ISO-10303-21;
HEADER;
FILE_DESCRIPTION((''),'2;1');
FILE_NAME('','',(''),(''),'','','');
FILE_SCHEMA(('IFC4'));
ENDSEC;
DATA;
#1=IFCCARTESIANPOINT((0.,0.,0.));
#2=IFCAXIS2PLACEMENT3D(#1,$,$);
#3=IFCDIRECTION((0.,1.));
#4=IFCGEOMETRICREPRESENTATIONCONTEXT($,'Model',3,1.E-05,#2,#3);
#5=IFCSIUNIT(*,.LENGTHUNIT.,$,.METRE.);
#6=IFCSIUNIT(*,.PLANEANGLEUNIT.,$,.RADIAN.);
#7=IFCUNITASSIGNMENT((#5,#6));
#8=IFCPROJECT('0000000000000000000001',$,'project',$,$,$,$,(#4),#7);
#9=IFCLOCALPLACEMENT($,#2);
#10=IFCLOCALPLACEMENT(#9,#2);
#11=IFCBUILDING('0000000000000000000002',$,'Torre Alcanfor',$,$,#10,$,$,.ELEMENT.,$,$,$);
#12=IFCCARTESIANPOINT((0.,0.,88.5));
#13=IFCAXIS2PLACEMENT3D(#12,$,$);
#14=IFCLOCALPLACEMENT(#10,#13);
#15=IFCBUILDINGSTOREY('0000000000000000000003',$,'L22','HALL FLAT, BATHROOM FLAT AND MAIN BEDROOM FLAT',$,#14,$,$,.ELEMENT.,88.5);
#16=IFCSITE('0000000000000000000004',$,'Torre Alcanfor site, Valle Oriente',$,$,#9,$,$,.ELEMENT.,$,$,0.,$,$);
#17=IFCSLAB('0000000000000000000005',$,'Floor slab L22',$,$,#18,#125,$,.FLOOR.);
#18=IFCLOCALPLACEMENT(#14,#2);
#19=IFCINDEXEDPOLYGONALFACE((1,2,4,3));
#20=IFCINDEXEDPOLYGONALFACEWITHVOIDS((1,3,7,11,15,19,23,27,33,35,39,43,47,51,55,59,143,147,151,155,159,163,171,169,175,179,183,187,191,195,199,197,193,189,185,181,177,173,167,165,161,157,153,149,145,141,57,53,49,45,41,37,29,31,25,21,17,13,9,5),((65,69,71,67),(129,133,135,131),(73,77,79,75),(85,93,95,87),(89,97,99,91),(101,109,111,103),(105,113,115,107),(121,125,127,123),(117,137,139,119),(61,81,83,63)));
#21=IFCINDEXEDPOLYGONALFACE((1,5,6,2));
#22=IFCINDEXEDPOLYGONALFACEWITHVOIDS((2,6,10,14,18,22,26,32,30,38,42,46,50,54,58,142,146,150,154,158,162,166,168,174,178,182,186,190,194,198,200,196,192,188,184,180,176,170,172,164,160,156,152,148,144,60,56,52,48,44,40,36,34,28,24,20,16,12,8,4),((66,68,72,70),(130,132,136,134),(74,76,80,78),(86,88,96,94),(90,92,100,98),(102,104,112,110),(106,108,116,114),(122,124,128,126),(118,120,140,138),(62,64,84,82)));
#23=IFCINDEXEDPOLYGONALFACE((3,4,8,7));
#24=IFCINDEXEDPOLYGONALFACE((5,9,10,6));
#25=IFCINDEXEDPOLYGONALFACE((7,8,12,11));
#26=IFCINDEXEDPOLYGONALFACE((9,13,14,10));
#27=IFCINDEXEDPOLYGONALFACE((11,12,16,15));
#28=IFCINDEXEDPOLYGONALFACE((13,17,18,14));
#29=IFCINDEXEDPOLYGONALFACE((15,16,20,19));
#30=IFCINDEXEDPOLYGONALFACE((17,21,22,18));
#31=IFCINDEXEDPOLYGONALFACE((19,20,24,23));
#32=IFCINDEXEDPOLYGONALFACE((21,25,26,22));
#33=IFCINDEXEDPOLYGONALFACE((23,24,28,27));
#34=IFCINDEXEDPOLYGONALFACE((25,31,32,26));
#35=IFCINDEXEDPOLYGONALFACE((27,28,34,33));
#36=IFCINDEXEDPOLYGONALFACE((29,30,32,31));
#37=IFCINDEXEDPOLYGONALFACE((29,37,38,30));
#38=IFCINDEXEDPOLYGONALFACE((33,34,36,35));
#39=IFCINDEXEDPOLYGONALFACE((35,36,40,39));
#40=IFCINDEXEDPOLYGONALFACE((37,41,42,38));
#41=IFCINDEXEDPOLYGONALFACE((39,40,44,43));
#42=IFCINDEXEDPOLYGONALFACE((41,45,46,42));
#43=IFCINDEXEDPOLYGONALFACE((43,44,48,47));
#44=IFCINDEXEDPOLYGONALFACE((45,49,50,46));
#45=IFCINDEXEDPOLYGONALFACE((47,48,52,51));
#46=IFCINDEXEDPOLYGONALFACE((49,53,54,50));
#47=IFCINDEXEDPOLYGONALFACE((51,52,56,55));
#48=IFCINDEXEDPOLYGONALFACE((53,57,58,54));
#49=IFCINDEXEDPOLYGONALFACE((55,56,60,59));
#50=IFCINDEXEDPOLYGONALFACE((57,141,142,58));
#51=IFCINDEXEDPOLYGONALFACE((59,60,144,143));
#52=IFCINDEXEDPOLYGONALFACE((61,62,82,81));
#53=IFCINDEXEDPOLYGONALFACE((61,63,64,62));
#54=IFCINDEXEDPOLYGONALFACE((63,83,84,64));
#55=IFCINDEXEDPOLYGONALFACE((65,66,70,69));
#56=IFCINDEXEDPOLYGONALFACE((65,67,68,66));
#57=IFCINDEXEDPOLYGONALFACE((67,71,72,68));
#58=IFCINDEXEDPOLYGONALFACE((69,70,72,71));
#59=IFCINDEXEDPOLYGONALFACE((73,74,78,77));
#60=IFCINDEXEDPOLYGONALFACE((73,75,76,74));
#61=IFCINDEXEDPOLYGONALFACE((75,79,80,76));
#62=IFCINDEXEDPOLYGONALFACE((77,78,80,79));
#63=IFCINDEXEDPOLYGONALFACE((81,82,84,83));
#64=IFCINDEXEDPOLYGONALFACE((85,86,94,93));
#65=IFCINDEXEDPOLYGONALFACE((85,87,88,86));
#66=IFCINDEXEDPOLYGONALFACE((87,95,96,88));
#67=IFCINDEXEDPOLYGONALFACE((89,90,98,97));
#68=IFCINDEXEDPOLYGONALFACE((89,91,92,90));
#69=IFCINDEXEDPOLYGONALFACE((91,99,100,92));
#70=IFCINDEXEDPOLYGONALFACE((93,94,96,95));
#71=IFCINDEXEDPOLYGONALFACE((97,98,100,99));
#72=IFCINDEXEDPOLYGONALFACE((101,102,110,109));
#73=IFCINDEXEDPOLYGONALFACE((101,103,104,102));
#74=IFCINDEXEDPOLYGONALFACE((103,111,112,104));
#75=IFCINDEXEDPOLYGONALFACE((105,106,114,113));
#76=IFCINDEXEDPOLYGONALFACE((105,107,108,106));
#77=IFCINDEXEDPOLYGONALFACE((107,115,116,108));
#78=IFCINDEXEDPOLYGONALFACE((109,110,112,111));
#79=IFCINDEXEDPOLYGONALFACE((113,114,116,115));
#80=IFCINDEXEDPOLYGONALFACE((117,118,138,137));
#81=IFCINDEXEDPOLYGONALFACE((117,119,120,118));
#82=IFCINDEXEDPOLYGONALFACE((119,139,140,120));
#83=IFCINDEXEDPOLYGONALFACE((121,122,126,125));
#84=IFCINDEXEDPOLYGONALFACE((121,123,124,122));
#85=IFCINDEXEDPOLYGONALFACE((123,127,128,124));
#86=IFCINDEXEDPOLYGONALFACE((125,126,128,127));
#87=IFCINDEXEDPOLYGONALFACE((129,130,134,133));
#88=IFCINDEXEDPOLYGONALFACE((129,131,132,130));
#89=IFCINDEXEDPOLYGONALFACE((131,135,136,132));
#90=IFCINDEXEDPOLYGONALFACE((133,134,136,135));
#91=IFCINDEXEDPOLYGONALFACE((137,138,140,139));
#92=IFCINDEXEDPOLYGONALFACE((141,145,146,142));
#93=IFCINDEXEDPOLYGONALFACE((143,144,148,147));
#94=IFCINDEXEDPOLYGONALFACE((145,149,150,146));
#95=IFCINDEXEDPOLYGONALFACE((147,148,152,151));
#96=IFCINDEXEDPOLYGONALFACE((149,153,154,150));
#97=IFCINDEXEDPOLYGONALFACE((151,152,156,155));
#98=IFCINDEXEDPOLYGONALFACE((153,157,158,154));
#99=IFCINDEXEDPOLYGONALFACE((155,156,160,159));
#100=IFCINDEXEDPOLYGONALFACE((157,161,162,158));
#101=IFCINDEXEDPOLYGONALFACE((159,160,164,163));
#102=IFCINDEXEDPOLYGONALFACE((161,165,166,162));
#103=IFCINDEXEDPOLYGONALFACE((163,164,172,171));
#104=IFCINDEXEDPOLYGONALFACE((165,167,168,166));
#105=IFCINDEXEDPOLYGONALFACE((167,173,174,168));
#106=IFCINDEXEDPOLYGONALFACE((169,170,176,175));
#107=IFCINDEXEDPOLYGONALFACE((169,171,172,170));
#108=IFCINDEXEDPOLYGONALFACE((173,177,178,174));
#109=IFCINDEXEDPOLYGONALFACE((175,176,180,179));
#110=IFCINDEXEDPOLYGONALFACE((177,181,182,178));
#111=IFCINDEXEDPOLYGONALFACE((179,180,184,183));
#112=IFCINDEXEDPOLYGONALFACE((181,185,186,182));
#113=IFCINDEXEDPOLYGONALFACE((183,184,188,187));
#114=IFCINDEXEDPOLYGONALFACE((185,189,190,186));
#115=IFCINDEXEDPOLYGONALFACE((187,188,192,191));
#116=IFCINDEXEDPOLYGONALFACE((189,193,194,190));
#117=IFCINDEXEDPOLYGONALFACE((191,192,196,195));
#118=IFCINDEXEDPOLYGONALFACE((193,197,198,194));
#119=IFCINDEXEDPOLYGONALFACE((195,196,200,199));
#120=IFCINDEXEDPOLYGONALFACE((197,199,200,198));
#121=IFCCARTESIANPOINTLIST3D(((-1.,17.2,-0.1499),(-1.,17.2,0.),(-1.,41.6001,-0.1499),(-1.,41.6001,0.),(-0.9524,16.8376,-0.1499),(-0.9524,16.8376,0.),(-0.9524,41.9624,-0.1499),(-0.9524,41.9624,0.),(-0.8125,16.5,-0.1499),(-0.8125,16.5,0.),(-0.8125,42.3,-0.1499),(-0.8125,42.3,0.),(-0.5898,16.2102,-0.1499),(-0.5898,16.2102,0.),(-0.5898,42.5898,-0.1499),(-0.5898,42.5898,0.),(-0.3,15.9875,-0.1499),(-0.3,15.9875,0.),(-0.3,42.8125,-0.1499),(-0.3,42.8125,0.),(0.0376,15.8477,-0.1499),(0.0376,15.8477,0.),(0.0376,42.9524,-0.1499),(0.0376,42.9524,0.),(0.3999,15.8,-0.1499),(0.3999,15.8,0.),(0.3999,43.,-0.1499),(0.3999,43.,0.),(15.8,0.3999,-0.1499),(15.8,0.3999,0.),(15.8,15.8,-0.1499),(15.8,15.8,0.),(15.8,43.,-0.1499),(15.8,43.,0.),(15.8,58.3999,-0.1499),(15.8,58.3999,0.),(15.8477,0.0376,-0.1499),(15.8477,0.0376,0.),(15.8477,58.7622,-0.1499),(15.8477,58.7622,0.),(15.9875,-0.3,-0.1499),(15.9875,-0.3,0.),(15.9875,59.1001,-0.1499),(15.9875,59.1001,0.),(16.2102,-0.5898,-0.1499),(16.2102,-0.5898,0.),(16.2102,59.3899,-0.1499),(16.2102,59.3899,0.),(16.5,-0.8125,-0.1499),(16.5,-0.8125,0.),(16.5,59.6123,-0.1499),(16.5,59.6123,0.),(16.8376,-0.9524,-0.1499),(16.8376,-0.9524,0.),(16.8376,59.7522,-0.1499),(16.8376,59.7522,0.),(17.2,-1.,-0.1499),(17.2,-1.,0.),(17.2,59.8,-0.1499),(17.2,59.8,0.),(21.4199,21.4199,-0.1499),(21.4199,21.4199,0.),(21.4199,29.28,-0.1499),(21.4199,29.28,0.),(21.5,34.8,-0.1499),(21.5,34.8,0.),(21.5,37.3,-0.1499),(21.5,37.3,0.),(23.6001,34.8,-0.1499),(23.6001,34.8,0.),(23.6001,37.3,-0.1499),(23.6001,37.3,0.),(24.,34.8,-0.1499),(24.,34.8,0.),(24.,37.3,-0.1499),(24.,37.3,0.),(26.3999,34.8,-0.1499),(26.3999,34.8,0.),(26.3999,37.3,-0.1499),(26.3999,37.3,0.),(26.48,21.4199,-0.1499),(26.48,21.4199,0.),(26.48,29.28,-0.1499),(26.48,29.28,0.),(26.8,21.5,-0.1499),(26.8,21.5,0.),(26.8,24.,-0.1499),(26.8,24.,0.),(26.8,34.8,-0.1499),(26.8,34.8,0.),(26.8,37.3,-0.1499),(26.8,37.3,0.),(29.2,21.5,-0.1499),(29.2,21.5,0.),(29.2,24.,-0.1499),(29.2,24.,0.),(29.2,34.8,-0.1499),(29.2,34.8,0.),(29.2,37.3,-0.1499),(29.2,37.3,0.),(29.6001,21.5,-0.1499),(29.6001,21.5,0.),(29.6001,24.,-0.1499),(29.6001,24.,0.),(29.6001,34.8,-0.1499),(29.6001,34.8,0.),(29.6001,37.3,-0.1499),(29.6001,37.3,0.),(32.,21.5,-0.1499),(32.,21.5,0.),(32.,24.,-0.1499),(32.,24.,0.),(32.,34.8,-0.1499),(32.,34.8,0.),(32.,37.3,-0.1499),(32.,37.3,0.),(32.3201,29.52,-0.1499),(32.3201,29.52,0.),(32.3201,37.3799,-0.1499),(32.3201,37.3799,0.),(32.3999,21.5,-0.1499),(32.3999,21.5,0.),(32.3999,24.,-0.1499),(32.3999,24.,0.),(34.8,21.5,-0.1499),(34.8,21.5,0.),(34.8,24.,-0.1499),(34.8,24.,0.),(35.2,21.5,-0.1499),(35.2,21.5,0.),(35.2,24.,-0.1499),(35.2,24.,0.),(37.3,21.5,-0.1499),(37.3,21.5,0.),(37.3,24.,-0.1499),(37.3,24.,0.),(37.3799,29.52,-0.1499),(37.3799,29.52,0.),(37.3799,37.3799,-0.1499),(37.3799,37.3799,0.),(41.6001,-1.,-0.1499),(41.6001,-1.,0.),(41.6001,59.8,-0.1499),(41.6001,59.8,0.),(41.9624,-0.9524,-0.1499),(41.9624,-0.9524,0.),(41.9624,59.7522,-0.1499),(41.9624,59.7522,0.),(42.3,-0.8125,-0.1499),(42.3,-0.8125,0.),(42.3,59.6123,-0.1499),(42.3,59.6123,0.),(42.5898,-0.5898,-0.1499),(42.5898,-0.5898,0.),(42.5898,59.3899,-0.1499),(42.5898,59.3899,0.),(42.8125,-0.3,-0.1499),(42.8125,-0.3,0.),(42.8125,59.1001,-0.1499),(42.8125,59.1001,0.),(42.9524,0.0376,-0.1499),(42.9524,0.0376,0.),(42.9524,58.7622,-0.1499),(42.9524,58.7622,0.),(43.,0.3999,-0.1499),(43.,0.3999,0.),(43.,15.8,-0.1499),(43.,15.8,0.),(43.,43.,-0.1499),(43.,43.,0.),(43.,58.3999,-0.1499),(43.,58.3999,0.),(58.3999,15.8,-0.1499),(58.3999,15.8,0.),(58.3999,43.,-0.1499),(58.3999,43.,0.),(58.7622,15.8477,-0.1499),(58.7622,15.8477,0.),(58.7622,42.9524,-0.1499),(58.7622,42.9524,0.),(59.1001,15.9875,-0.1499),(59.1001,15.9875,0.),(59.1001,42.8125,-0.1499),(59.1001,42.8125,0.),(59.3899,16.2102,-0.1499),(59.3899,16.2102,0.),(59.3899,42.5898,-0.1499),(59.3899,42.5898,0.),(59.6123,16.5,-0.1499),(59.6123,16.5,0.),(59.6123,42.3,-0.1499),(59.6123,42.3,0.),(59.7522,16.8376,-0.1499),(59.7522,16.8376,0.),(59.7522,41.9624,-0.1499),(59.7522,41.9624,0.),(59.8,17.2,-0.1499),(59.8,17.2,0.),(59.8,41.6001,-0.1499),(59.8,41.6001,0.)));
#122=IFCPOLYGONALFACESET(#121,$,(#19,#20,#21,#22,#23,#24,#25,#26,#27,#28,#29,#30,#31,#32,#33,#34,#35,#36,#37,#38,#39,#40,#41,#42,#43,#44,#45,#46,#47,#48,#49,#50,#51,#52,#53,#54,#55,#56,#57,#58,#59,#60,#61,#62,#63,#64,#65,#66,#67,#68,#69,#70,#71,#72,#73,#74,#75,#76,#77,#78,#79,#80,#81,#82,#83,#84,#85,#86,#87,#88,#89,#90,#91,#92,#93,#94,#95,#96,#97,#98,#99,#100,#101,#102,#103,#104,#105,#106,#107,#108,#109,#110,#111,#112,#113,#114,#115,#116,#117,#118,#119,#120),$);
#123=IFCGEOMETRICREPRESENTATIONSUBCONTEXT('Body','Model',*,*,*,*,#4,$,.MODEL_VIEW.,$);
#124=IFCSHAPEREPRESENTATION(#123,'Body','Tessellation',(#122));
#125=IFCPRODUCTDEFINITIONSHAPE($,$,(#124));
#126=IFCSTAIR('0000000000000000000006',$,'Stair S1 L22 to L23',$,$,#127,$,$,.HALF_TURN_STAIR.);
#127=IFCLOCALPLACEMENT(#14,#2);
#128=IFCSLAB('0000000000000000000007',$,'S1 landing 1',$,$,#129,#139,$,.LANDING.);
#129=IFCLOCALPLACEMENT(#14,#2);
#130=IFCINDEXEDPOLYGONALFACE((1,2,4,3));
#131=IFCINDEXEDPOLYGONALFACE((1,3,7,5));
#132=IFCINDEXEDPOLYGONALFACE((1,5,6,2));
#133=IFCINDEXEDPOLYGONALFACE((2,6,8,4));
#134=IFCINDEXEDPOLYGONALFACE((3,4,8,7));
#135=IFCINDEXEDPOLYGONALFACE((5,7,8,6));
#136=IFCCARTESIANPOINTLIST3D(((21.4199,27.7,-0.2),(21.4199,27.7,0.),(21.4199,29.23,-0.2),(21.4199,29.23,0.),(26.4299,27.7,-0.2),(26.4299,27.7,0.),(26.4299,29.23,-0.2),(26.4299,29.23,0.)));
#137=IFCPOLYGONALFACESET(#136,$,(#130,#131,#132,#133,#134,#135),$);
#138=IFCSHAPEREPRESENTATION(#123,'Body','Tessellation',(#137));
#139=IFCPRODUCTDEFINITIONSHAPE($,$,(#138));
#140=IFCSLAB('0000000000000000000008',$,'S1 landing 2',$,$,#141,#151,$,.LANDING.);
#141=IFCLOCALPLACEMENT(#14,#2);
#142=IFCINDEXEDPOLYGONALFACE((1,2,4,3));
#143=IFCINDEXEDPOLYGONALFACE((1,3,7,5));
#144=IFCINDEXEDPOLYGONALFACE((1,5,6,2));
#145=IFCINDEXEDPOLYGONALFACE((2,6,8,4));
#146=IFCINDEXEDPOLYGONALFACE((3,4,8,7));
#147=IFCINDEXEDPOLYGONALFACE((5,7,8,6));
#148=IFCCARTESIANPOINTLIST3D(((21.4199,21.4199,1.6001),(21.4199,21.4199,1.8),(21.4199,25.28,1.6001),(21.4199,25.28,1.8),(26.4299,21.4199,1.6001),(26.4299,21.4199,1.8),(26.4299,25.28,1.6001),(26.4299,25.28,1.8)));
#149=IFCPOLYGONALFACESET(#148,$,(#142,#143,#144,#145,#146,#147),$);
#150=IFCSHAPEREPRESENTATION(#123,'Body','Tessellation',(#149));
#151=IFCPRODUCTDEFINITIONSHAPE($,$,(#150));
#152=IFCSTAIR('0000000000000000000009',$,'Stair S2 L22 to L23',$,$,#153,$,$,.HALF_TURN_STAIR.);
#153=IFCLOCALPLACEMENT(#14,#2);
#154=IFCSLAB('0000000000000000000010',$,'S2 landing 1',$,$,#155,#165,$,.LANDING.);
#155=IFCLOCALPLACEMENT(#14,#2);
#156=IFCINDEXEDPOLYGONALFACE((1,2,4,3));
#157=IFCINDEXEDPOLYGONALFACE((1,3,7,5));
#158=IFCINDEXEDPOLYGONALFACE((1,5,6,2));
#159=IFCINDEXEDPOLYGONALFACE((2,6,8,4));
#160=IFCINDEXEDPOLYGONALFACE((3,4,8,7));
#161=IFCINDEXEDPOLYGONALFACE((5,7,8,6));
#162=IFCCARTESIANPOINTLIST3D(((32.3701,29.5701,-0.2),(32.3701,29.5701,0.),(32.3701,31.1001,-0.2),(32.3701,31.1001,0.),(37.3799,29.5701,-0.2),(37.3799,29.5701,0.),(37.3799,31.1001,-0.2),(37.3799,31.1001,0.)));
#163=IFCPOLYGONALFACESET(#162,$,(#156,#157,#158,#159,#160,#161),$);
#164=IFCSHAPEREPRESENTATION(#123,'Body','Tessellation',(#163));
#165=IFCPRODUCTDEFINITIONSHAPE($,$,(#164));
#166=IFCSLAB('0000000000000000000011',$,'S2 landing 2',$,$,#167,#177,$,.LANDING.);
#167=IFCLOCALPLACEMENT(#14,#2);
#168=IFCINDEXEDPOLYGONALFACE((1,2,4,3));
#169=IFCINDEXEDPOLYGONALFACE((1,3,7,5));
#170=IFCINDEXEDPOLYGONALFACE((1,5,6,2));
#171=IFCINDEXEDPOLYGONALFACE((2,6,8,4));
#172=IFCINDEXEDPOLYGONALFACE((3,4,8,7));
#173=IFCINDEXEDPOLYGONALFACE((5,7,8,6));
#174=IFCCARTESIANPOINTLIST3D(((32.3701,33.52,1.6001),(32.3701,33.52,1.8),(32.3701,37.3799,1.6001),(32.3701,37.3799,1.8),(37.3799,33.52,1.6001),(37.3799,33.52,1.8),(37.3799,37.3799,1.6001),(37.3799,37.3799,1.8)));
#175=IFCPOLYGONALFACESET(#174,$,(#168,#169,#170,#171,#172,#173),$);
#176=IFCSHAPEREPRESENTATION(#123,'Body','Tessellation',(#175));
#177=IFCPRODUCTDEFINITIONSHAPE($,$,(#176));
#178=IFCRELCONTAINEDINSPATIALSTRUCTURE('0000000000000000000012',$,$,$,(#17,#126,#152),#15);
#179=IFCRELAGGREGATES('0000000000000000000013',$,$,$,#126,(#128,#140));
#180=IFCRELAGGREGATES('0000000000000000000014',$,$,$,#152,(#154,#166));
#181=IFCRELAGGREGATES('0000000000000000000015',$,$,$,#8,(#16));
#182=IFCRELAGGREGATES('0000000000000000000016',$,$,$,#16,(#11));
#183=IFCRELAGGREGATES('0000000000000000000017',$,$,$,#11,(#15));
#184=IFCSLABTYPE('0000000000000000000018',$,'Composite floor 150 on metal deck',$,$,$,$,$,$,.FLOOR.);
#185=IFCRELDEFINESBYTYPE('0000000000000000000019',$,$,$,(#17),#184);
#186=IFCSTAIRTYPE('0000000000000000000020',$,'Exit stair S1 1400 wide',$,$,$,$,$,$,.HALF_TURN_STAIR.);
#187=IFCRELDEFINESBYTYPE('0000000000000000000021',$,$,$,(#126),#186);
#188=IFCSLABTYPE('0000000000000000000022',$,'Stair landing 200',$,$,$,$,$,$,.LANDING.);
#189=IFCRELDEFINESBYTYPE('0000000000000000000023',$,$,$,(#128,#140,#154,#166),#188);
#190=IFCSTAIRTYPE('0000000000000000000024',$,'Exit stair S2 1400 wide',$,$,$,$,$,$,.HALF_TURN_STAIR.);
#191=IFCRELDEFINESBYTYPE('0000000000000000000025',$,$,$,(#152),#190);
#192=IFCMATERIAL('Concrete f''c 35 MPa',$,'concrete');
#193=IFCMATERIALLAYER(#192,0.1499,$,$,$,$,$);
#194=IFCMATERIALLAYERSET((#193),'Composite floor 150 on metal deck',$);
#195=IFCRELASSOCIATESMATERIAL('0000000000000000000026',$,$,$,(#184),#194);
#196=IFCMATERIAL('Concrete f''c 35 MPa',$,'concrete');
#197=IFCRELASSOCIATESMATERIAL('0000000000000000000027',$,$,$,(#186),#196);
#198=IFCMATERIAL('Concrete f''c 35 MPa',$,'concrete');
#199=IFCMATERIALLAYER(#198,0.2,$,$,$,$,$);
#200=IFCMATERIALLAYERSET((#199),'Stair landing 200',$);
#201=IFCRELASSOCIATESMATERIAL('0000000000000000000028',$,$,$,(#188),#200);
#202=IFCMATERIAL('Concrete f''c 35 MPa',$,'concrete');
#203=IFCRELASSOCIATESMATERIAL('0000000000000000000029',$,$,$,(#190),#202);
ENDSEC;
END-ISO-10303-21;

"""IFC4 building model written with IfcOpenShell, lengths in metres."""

from ifc_helpers import new_model, si_unit, direction, frame, origin, place, context, subcontext, project, spatial, polyline, outline, extrude, material, layer, layer_set, type_object, element, aggregate, save


model = new_model("IFC4")

# Units and contexts
model_context = context("Model", 3, precision=1e-05, world=origin(), true_north=direction((0.0, 1.0)))
body_context = subcontext(model_context, "Body", "Model", "MODEL_VIEW")
ifc_project = project(units=[si_unit("LENGTHUNIT", "METRE"), si_unit("PLANEANGLEUNIT", "RADIAN")], contexts=[model_context])

# Site, building, storey
site_placement = place(None, origin())
site = spatial("IfcSite", under=ifc_project, at=site_placement, Name="Torre Alcanfor site, Valle Oriente", CompositionType="ELEMENT", RefElevation=0.0)
building_placement = place(site_placement, origin())
building = spatial("IfcBuilding", under=site, at=building_placement, Name="Torre Alcanfor", CompositionType="ELEMENT")
storey_placement = place(building_placement, frame((0.0, 0.0, 88.5)))
storey = spatial("IfcBuildingStorey", under=building, at=storey_placement, Name="L22", Description="HALL FLAT, BATHROOM FLAT AND MAIN BEDROOM FLAT", CompositionType="ELEMENT", Elevation=88.5)

# Slab
ifc_material_1 = material(Name="Concrete f'c 35 MPa", Category="concrete")
ifc_layer_1 = layer(ifc_material_1, 0.1499)
ifc_layer_set_1 = layer_set([ifc_layer_1], Name="Composite floor 150 on metal deck")
slab_type_1 = type_object("IfcSlabType", Name="Composite floor 150 on metal deck", PredefinedType="FLOOR", material=ifc_layer_set_1)
slab_1_placement = place(storey_placement, frame((0.0, 0.0, -0.1499)))
element("IfcSlab", 1, at=slab_1_placement, inside=storey, type_object=slab_type_1, Name="Floor slab L22", PredefinedType="FLOOR", context=body_context, shape_type="SweptSolid", body=[
    extrude(outline(polyline([(15.8, 43.0), (0.3999, 43.0), (0.0376, 42.9524), (-0.3, 42.8125), (-0.5898, 42.5898), (-0.8125, 42.3), (-0.9524, 41.9624), (-1.0, 41.6001), (-1.0, 17.2), (-0.9524, 16.8376), (-0.8125, 16.5), (-0.5898, 16.2102), (-0.3, 15.9875), (0.0376, 15.8477), (0.3999, 15.8), (15.8, 15.8), (15.8, 0.3999), (15.8477, 0.0376), (15.9875, -0.3), (16.2102, -0.5898), (16.5, -0.8125), (16.8376, -0.9524), (17.2, -1.0), (41.6001, -1.0), (41.9624, -0.9524), (42.3, -0.8125), (42.5898, -0.5898), (42.8125, -0.3), (42.9524, 0.0376), (43.0, 0.3999), (43.0, 15.8), (58.3999, 15.8), (58.7622, 15.8477), (59.1001, 15.9875), (59.3899, 16.2102), (59.6123, 16.5), (59.7522, 16.8376), (59.8, 17.2), (59.8, 41.6001), (59.7522, 41.9624), (59.6123, 42.3), (59.3899, 42.5898), (59.1001, 42.8125), (58.7622, 42.9524), (58.3999, 43.0), (43.0, 43.0), (43.0, 58.3999), (42.9524, 58.7622), (42.8125, 59.1001), (42.5898, 59.3899), (42.3, 59.6123), (41.9624, 59.7522), (41.6001, 59.8), (17.2, 59.8), (16.8376, 59.7522), (16.5, 59.6123), (16.2102, 59.3899), (15.9875, 59.1001), (15.8477, 58.7622), (15.8, 58.3999), (15.8, 43.0)]), holes=[polyline([(21.4199, 21.4199), (26.48, 21.4199), (26.48, 29.28), (21.4199, 29.28), (21.4199, 21.4199)]), polyline([(32.3201, 29.52), (37.3799, 29.52), (37.3799, 37.3799), (32.3201, 37.3799), (32.3201, 29.52)]), polyline([(26.8, 21.5), (29.2, 21.5), (29.2, 24.0), (26.8, 24.0), (26.8, 21.5)]), polyline([(29.6001, 21.5), (32.0, 21.5), (32.0, 24.0), (29.6001, 24.0), (29.6001, 21.5)]), polyline([(32.3999, 21.5), (34.8, 21.5), (34.8, 24.0), (32.3999, 24.0), (32.3999, 21.5)]), polyline([(35.2, 21.5), (37.3, 21.5), (37.3, 24.0), (35.2, 24.0), (35.2, 21.5)]), polyline([(21.5, 34.8), (23.6001, 34.8), (23.6001, 37.3), (21.5, 37.3), (21.5, 34.8)]), polyline([(24.0, 34.8), (26.3999, 34.8), (26.3999, 37.3), (24.0, 37.3), (24.0, 34.8)]), polyline([(26.8, 34.8), (29.2, 34.8), (29.2, 37.3), (26.8, 37.3), (26.8, 34.8)]), polyline([(29.6001, 34.8), (32.0, 34.8), (32.0, 37.3), (29.6001, 37.3), (29.6001, 34.8)])]), origin(), (0.0, 0.0, 1.0), 0.1499),
])

# Stairs, slabs
ifc_material_2 = material(Name="Concrete f'c 35 MPa", Category="concrete")
stair_type_1 = type_object("IfcStairType", Name="Exit stair S1 1400 wide", PredefinedType="HALF_TURN_STAIR", material=ifc_material_2)
stair_1_placement = place(storey_placement, origin())
stair_1 = element("IfcStair", 2, at=stair_1_placement, inside=storey, type_object=stair_type_1, Name="Stair S1 L22 to L23", PredefinedType="HALF_TURN_STAIR")
ifc_material_3 = material(Name="Concrete f'c 35 MPa", Category="concrete")
ifc_layer_2 = layer(ifc_material_3, 0.2)
ifc_layer_set_2 = layer_set([ifc_layer_2], Name="Stair landing 200")
slab_type_2 = type_object("IfcSlabType", Name="Stair landing 200", PredefinedType="LANDING", material=ifc_layer_set_2)
slab_2_placement = place(storey_placement, frame((0.0, 0.0, -0.2)))
slab_2 = element("IfcSlab", 3, at=slab_2_placement, type_object=slab_type_2, Name="S1 landing 1", PredefinedType="LANDING", context=body_context, shape_type="SweptSolid", body=[
    extrude(outline(polyline([(21.4199, 27.7), (26.4299, 27.7), (26.4299, 29.23), (21.4199, 29.23), (21.4199, 27.7)])), origin(), (0.0, 0.0, 1.0), 0.2),
])
slab_3_placement = place(storey_placement, frame((0.0, 0.0, 1.6001)))
slab_3 = element("IfcSlab", 4, at=slab_3_placement, type_object=slab_type_2, Name="S1 landing 2", PredefinedType="LANDING", context=body_context, shape_type="SweptSolid", body=[
    extrude(outline(polyline([(21.4199, 21.4199), (26.4299, 21.4199), (26.4299, 25.28), (21.4199, 25.28), (21.4199, 21.4199)])), origin(), (0.0, 0.0, 1.0), 0.2),
])
aggregate(stair_1, [slab_2, slab_3])
ifc_material_4 = material(Name="Concrete f'c 35 MPa", Category="concrete")
stair_type_2 = type_object("IfcStairType", Name="Exit stair S2 1400 wide", PredefinedType="HALF_TURN_STAIR", material=ifc_material_4)
stair_2_placement = place(storey_placement, origin())
stair_2 = element("IfcStair", 5, at=stair_2_placement, inside=storey, type_object=stair_type_2, Name="Stair S2 L22 to L23", PredefinedType="HALF_TURN_STAIR")
slab_4_placement = place(storey_placement, frame((0.0, 0.0, -0.2)))
slab_4 = element("IfcSlab", 6, at=slab_4_placement, type_object=slab_type_2, Name="S2 landing 1", PredefinedType="LANDING", context=body_context, shape_type="SweptSolid", body=[
    extrude(outline(polyline([(32.3701, 29.5701), (37.3799, 29.5701), (37.3799, 31.1001), (32.3701, 31.1001), (32.3701, 29.5701)])), origin(), (0.0, 0.0, 1.0), 0.2),
])
slab_5_placement = place(storey_placement, frame((0.0, 0.0, 1.6001)))
slab_5 = element("IfcSlab", 7, at=slab_5_placement, type_object=slab_type_2, Name="S2 landing 2", PredefinedType="LANDING", context=body_context, shape_type="SweptSolid", body=[
    extrude(outline(polyline([(32.3701, 33.52), (37.3799, 33.52), (37.3799, 37.3799), (32.3701, 37.3799), (32.3701, 33.52)])), origin(), (0.0, 0.0, 1.0), 0.2),
])
aggregate(stair_2, [slab_4, slab_5])

save(model, "model.ifc")
